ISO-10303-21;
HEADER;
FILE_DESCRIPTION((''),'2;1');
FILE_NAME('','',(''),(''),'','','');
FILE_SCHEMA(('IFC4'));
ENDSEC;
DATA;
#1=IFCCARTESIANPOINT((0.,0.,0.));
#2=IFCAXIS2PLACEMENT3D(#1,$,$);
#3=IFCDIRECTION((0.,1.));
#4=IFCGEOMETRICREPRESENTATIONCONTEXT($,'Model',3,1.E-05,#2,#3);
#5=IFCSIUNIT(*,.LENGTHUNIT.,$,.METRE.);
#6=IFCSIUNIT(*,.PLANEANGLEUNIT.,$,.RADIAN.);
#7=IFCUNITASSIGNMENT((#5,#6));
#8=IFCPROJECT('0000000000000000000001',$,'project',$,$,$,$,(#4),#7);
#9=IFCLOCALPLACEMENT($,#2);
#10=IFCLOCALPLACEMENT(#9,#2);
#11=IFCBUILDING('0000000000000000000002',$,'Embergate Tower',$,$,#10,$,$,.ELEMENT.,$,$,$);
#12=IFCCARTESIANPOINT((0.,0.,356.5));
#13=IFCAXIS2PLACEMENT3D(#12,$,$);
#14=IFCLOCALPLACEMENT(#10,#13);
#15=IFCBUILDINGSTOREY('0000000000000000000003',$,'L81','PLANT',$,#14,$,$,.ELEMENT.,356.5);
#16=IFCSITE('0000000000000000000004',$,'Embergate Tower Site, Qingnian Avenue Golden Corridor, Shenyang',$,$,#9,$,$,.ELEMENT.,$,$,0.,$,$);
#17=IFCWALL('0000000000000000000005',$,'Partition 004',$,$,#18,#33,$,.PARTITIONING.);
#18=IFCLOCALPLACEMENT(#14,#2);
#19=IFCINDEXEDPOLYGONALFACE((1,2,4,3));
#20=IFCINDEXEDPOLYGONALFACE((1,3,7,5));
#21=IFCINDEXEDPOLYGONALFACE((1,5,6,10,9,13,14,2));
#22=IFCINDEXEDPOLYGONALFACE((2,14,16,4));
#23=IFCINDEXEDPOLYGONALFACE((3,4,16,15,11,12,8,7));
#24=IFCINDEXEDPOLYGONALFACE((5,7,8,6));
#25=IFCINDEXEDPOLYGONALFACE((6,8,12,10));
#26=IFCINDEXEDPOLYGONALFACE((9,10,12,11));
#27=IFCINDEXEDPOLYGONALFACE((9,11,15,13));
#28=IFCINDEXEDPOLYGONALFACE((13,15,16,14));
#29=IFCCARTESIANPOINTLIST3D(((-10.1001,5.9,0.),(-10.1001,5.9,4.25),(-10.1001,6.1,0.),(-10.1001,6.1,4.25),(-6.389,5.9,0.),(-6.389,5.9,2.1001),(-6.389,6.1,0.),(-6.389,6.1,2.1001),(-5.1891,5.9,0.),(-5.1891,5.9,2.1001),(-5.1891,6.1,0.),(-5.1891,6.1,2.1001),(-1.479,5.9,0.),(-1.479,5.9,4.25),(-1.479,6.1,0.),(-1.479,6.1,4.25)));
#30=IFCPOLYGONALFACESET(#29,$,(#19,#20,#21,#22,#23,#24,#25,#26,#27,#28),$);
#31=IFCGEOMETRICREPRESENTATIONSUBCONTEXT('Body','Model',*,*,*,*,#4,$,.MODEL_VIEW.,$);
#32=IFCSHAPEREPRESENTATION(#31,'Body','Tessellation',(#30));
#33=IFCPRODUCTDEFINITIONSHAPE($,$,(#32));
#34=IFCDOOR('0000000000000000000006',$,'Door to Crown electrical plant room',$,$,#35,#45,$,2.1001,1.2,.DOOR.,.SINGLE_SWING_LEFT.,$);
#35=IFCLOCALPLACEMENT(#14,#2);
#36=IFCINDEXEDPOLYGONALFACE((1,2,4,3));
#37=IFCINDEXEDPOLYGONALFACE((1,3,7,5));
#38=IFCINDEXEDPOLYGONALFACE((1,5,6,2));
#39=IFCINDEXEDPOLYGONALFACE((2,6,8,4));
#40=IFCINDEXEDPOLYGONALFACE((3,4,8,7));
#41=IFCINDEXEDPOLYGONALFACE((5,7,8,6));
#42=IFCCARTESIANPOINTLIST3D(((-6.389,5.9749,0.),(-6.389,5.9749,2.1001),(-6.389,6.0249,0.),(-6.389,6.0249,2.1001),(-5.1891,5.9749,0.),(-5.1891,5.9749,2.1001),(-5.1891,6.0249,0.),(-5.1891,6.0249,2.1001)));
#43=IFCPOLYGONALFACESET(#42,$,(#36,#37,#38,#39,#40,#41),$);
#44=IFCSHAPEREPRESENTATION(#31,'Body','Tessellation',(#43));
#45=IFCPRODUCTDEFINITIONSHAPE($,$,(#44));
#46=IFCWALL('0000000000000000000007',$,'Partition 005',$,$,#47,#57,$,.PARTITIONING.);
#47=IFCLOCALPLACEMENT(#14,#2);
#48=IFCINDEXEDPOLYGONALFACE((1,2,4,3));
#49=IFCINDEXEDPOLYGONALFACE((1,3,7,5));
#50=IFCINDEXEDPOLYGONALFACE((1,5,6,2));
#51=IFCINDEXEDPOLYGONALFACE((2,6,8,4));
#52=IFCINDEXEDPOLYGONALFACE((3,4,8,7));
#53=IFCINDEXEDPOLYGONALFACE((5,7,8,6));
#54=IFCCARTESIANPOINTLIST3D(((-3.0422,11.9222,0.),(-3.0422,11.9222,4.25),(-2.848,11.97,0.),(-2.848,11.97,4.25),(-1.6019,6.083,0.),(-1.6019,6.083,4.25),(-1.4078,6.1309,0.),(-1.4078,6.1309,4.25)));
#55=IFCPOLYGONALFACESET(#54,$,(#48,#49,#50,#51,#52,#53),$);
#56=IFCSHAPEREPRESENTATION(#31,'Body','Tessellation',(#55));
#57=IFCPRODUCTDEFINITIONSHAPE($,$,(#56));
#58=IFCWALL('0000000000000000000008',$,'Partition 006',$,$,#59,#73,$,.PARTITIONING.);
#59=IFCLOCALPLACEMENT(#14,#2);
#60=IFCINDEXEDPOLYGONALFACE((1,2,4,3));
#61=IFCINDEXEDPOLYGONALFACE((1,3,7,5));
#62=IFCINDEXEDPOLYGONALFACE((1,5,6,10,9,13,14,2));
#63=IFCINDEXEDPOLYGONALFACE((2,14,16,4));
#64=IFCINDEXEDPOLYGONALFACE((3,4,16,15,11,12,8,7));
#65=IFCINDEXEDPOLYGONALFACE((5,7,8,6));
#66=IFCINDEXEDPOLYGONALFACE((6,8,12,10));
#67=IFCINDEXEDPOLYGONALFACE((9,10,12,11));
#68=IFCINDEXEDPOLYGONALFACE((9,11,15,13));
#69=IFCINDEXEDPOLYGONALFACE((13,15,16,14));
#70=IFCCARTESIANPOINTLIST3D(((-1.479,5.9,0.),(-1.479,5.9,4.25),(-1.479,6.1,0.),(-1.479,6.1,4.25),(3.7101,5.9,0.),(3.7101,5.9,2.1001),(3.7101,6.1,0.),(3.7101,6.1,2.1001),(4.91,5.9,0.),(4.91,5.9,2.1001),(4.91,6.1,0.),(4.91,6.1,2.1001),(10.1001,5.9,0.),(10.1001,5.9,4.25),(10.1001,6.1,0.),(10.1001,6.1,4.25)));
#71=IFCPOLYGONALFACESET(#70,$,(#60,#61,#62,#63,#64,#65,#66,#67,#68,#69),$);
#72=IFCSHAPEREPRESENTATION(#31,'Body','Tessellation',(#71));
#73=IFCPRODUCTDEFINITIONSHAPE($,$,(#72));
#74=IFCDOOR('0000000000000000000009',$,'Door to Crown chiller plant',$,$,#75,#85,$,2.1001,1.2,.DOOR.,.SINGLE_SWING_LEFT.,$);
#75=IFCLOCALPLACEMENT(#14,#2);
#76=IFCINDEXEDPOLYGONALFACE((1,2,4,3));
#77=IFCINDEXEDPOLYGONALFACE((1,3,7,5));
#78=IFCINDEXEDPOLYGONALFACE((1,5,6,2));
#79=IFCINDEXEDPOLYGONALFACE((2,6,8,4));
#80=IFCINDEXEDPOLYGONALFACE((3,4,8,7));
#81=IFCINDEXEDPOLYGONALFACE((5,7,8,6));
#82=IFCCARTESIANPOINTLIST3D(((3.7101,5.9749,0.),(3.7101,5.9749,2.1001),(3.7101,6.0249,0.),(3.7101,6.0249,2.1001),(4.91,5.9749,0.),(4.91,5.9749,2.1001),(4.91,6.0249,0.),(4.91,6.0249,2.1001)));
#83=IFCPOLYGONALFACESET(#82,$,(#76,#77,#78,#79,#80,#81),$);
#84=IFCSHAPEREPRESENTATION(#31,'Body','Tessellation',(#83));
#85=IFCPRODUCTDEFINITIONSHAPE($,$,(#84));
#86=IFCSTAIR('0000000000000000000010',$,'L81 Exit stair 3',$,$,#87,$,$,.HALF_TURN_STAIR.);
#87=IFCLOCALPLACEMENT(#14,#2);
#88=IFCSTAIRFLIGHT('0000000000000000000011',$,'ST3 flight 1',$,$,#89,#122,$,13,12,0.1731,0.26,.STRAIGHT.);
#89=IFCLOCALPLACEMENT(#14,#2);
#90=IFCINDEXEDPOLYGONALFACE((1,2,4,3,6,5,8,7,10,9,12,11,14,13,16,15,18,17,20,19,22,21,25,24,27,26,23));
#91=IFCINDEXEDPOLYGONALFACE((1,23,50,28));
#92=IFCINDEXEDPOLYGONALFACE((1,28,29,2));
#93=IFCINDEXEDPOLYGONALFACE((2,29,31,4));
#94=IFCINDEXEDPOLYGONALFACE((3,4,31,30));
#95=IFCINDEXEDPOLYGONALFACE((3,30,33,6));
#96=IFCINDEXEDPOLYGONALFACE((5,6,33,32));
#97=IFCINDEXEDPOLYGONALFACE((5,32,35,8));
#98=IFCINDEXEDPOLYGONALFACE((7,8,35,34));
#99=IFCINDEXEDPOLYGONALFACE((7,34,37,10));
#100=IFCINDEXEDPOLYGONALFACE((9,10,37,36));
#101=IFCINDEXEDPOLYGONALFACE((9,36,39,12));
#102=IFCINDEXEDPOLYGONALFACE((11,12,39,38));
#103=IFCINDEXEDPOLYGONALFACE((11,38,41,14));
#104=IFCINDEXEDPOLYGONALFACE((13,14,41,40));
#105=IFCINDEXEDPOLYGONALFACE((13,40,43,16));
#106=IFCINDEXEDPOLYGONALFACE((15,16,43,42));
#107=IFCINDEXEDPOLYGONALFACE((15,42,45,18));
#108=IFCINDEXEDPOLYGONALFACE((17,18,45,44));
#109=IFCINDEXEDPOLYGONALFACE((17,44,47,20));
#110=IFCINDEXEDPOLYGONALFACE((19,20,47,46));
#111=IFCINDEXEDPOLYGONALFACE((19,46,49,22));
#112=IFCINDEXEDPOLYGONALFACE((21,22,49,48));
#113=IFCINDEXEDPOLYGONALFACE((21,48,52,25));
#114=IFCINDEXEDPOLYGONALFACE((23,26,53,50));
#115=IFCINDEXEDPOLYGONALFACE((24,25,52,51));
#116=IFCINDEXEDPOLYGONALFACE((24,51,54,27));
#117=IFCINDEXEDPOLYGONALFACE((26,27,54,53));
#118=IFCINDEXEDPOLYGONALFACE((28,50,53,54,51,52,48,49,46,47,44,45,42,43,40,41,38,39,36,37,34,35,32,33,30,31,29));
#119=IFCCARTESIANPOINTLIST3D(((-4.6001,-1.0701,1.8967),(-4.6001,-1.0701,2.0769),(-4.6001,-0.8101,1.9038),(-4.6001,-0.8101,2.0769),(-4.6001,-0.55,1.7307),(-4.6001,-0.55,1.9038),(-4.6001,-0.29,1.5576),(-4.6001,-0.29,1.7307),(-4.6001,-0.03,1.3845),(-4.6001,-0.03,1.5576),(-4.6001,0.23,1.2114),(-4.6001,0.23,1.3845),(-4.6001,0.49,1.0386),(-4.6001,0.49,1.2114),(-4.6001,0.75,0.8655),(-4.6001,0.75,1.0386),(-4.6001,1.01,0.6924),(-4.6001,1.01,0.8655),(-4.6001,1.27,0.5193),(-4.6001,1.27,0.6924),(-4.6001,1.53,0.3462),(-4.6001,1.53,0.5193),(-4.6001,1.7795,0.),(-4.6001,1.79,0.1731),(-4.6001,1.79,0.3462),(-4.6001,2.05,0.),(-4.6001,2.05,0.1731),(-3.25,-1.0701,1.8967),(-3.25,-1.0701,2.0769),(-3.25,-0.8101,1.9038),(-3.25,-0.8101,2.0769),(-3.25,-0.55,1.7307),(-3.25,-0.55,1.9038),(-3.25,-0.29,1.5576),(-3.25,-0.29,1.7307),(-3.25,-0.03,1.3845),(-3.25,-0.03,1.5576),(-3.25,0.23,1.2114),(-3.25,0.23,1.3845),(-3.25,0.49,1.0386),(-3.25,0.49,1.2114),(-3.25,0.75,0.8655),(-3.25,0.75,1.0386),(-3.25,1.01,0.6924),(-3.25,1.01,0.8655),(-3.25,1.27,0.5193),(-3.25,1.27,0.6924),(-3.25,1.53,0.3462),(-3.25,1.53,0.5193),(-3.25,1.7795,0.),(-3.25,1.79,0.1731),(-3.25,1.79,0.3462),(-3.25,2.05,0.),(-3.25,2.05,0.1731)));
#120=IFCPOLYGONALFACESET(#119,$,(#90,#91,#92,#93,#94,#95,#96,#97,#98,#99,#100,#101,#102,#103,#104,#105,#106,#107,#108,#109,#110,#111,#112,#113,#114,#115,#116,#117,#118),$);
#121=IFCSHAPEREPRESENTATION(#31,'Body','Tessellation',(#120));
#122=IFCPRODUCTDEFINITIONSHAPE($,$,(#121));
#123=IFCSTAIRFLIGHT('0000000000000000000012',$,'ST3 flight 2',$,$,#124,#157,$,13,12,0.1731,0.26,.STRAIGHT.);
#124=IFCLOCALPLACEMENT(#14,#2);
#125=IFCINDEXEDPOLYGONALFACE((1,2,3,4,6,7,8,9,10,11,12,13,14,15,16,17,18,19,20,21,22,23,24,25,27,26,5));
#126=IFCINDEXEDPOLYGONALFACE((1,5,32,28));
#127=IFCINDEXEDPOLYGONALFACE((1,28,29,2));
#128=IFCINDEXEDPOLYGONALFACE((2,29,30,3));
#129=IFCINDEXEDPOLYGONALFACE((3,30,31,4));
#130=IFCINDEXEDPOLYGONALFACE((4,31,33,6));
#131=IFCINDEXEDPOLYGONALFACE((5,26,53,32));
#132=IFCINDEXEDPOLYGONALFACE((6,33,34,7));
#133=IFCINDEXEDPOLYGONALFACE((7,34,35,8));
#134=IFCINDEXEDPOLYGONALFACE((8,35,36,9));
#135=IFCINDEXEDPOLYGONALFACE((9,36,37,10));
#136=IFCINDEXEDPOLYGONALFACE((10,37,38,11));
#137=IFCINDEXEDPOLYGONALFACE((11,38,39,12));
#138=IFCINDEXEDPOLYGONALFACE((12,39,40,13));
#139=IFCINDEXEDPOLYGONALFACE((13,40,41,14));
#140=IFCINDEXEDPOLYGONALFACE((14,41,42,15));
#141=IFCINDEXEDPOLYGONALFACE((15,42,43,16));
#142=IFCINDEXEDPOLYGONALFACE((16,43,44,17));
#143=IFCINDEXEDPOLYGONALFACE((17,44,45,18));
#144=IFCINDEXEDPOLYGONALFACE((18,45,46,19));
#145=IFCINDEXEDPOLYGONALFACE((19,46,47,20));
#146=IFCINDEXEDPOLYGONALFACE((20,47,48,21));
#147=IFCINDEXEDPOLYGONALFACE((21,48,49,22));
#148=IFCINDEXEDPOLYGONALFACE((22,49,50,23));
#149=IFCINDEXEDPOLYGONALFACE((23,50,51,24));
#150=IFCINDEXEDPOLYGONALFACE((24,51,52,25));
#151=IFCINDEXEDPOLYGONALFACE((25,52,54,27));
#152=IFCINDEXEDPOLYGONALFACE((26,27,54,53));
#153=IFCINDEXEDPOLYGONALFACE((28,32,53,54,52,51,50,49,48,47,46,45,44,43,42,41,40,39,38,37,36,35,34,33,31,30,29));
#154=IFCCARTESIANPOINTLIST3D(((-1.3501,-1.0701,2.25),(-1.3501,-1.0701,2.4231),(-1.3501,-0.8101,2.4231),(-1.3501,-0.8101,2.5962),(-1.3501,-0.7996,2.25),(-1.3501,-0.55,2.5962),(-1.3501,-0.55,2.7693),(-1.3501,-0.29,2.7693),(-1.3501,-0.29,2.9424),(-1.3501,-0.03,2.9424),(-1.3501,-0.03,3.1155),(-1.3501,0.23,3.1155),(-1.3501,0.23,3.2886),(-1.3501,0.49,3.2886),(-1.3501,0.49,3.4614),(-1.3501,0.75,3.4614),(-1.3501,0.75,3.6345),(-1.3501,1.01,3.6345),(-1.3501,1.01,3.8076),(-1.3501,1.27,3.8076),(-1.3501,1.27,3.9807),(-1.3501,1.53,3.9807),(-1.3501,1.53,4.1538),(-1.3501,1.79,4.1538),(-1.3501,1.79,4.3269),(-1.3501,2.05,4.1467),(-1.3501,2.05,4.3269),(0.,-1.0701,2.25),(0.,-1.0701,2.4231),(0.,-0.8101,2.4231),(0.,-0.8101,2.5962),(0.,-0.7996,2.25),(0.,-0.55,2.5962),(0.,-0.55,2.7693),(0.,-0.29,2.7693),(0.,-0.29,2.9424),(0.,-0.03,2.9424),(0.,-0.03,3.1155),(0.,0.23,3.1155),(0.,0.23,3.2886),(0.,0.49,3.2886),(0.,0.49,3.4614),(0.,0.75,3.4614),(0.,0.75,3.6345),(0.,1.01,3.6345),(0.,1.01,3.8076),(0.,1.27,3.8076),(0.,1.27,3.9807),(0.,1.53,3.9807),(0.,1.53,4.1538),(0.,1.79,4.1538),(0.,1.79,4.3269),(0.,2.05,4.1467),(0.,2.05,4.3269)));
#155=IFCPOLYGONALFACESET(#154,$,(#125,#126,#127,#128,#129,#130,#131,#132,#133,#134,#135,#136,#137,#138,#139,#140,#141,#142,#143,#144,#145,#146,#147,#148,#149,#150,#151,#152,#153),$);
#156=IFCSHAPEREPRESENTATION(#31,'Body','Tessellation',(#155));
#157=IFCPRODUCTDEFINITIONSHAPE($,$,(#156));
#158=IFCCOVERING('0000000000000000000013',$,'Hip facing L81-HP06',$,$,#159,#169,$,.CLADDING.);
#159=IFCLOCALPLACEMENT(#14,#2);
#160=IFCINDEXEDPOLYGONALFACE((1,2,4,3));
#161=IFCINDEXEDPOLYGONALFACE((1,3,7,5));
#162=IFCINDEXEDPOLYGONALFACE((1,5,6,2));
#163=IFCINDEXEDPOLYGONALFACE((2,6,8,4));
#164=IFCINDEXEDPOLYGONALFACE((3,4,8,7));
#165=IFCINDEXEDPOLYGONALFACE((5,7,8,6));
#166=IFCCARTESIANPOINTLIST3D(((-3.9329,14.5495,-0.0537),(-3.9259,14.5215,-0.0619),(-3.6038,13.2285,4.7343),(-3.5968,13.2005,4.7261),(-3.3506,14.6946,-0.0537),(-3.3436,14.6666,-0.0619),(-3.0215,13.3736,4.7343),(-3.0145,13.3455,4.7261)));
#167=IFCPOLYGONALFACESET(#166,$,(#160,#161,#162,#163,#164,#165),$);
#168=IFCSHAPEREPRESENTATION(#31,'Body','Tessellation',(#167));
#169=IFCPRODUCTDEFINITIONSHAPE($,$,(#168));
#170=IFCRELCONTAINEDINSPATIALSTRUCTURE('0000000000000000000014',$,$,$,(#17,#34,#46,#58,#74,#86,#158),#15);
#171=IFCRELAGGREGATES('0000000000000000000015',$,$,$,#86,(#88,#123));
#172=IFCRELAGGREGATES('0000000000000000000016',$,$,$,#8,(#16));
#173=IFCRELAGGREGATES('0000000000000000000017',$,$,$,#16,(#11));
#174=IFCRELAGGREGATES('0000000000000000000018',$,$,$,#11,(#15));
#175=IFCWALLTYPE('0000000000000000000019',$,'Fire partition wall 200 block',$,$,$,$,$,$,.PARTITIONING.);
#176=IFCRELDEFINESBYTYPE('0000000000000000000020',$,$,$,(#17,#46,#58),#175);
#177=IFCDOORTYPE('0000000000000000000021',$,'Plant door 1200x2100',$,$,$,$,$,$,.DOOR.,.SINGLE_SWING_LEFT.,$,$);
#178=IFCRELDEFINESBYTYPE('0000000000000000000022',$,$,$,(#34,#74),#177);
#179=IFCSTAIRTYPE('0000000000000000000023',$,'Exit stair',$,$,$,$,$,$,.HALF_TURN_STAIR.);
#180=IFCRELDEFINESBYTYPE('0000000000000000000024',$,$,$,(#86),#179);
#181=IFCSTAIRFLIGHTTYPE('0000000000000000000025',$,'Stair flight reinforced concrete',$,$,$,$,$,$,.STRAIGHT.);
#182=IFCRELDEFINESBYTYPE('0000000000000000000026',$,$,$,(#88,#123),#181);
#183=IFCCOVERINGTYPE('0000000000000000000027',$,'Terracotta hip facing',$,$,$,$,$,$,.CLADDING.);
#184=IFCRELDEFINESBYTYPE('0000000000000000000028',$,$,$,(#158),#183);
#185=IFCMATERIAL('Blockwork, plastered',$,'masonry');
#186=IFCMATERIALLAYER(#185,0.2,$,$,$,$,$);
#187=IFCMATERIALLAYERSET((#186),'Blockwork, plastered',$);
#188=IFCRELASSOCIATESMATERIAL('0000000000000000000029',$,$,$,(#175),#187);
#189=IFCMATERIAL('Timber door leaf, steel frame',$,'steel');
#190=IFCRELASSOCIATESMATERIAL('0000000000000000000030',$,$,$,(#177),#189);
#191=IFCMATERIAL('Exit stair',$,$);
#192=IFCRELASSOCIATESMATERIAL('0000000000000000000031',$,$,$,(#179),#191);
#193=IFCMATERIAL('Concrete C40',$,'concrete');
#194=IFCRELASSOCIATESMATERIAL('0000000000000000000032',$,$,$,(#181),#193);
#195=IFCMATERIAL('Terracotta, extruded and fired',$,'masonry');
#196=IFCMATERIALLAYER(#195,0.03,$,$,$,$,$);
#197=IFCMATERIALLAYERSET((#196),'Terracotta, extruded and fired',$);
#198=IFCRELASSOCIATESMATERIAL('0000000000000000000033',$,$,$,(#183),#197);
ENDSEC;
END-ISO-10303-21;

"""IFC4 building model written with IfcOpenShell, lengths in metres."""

from ifc_helpers import new_model, si_unit, direction, frame, frame_2d, origin, place, context, subcontext, project, spatial, polyline, rectangle, outline, extrude, source, transform, mapped, material, layer, layer_set, type_object, element, fill, aggregate, save


model = new_model("IFC4")

# Units and contexts
model_context = context("Model", 3, precision=1e-05, world=origin(), true_north=direction((0.0, 1.0)))
body_context = subcontext(model_context, "Body", "Model", "MODEL_VIEW")
ifc_project = project(units=[si_unit("LENGTHUNIT", "METRE"), si_unit("PLANEANGLEUNIT", "RADIAN")], contexts=[model_context])

# Site, building, storey
site_placement = place(None, origin())
site = spatial("IfcSite", under=ifc_project, at=site_placement, Name="Embergate Tower Site, Qingnian Avenue Golden Corridor, Shenyang", CompositionType="ELEMENT", RefElevation=0.0)
building_placement = place(site_placement, origin())
building = spatial("IfcBuilding", under=site, at=building_placement, Name="Embergate Tower", CompositionType="ELEMENT")
storey_placement = place(building_placement, frame((0.0, 0.0, 356.5)))
storey = spatial("IfcBuildingStorey", under=building, at=storey_placement, Name="L81", Description="PLANT", CompositionType="ELEMENT", Elevation=356.5)

# Wall, opening, door
shared_shape_1 = source(origin(), body_context, "Body", "SweptSolid", [
    extrude(rectangle(XDim=1.2, YDim=2.1001, at=frame_2d((0.6001, 1.05))), frame((0.0, 0.1099, 0.0), z_axis=(0.0, -1.0, 0.0), x_axis=(1.0, 0.0, 0.0)), (0.0, 0.0, 1.0), 0.22),
])
ifc_material_1 = material(Name="Blockwork, plastered", Category="masonry")
ifc_layer_1 = layer(ifc_material_1, 0.2)
ifc_layer_set_1 = layer_set([ifc_layer_1], Name="Blockwork, plastered")
wall_type_1 = type_object("IfcWallType", Name="Fire partition wall 200 block", PredefinedType="PARTITIONING", material=ifc_layer_set_1)
shared_shape_2 = source(origin(), body_context, "Body", "SweptSolid", [
    extrude(rectangle(XDim=8.6211, YDim=0.2, at=frame_2d((4.3105, 0.0))), origin(), (0.0, 0.0, 1.0), 4.25),
])
wall_1_placement = place(storey_placement, frame((-10.1001, 6.0, 0.0), z_axis=(0.0, 0.0, 1.0), x_axis=(1.0, 0.0, 0.0)))
wall_1 = element("IfcWall", 1, at=wall_1_placement, inside=storey, type_object=wall_type_1, Name="Partition 004", PredefinedType="PARTITIONING", context=body_context, shape_type="MappedRepresentation", body=[
    mapped(shared_shape_2, transform((0.0, 0.0, 0.0))),
])
opening_1_placement = place(wall_1_placement, frame((3.7109, 0.0, 0.0)))
opening_1 = element("IfcOpeningElement", 2, at=opening_1_placement, cuts=wall_1, PredefinedType="OPENING", context=body_context, shape_type="MappedRepresentation", body=[
    mapped(shared_shape_1, transform((0.0, 0.0, 0.0))),
])
ifc_material_2 = material(Name="Timber door leaf, steel frame", Category="steel")
door_type_1 = type_object("IfcDoorType", Name="Plant door 1200x2100", OperationType="SINGLE_SWING_LEFT", PredefinedType="DOOR", material=ifc_material_2)
shared_shape_3 = source(origin(), body_context, "Body", "SweptSolid", [
    extrude(rectangle(XDim=1.2, YDim=2.1001, at=frame_2d((0.6001, 1.05))), frame((0.0, 0.0249, 0.0), z_axis=(0.0, -1.0, 0.0), x_axis=(1.0, 0.0, 0.0)), (0.0, 0.0, 1.0), 0.05),
])
door_1_placement = place(opening_1_placement, origin())
door_1 = element("IfcDoor", 3, at=door_1_placement, inside=storey, type_object=door_type_1, Name="Door to Crown electrical plant room", OperationType="SINGLE_SWING_LEFT", OverallHeight=2.1001, OverallWidth=1.2, PredefinedType="DOOR", context=body_context, shape_type="MappedRepresentation", body=[
    mapped(shared_shape_3, transform((0.0, 0.0, 0.0))),
])
fill(opening_1, door_1)

# Wall
shared_shape_4 = source(origin(), body_context, "Body", "SweptSolid", [
    extrude(rectangle(XDim=6.0142, YDim=0.2, at=frame_2d((3.0071, 0.0))), origin(), (0.0, 0.0, 1.0), 4.25),
])
wall_2_placement = place(storey_placement, frame((-1.5049, 6.1069, 0.0), z_axis=(0.0, 0.0, 1.0), x_axis=(-0.239468, 0.970904, 0.0)))
element("IfcWall", 4, at=wall_2_placement, inside=storey, type_object=wall_type_1, Name="Partition 005", PredefinedType="PARTITIONING", context=body_context, shape_type="MappedRepresentation", body=[
    mapped(shared_shape_4, transform((0.0, 0.0, 0.0))),
])

# Wall, opening, door
shared_shape_5 = source(origin(), body_context, "Body", "SweptSolid", [
    extrude(rectangle(XDim=11.5791, YDim=0.2, at=frame_2d((5.7896, 0.0))), origin(), (0.0, 0.0, 1.0), 4.25),
])
wall_3_placement = place(storey_placement, frame((-1.479, 6.0, 0.0), z_axis=(0.0, 0.0, 1.0), x_axis=(1.0, 0.0, 0.0)))
wall_3 = element("IfcWall", 5, at=wall_3_placement, inside=storey, type_object=wall_type_1, Name="Partition 006", PredefinedType="PARTITIONING", context=body_context, shape_type="MappedRepresentation", body=[
    mapped(shared_shape_5, transform((0.0, 0.0, 0.0))),
])
opening_2_placement = place(wall_3_placement, frame((5.189, 0.0, 0.0)))
opening_2 = element("IfcOpeningElement", 6, at=opening_2_placement, cuts=wall_3, PredefinedType="OPENING", context=body_context, shape_type="MappedRepresentation", body=[
    mapped(shared_shape_1, transform((0.0, 0.0, 0.0))),
])
door_2_placement = place(opening_2_placement, origin())
door_2 = element("IfcDoor", 7, at=door_2_placement, inside=storey, type_object=door_type_1, Name="Door to Crown chiller plant", OperationType="SINGLE_SWING_LEFT", OverallHeight=2.1001, OverallWidth=1.2, PredefinedType="DOOR", context=body_context, shape_type="MappedRepresentation", body=[
    mapped(shared_shape_3, transform((0.0, 0.0, 0.0))),
])
fill(opening_2, door_2)

# Stair, stair flights
ifc_material_3 = material(Name="Exit stair")
stair_type = type_object("IfcStairType", Name="Exit stair", PredefinedType="HALF_TURN_STAIR", material=ifc_material_3)
stair_placement = place(storey_placement, origin())
stair = element("IfcStair", 8, at=stair_placement, inside=storey, type_object=stair_type, Name="L81 Exit stair 3", PredefinedType="HALF_TURN_STAIR")
ifc_material_4 = material(Name="Concrete C40", Category="concrete")
stair_flight_type = type_object("IfcStairFlightType", Name="Stair flight reinforced concrete", PredefinedType="STRAIGHT", material=ifc_material_4)
shared_shape_6 = source(origin(), body_context, "Body", "SweptSolid", [
    extrude(outline(polyline([(0.0, 0.0), (0.0, 0.1731), (0.26, 0.1731), (0.26, 0.3462), (0.52, 0.3462), (0.52, 0.5193), (0.78, 0.5193), (0.78, 0.6924), (1.04, 0.6924), (1.04, 0.8655), (1.3, 0.8655), (1.3, 1.0386), (1.5601, 1.0386), (1.5601, 1.2114), (1.8201, 1.2114), (1.8201, 1.3845), (2.0801, 1.3845), (2.0801, 1.5576), (2.3401, 1.5576), (2.3401, 1.7307), (2.6001, 1.7307), (2.6001, 1.9038), (2.8601, 1.9038), (2.8601, 2.0769), (3.1201, 2.0769), (3.1201, 2.25), (3.1201, 1.8967), (0.2705, 0.0), (0.0, 0.0)])), frame((0.0, 0.675, 0.0), z_axis=(0.0, -1.0, 0.0), x_axis=(1.0, 0.0, 0.0)), (0.0, 0.0, 1.0), 1.3501),
])
stair_flight_1_placement = place(storey_placement, frame((-3.925, 2.05, 0.0), z_axis=(0.0, 0.0, 1.0), x_axis=(0.0, -1.0, 0.0)))
stair_flight_1 = element("IfcStairFlight", 9, at=stair_flight_1_placement, type_object=stair_flight_type, Name="ST3 flight 1", NumberOfRisers=13, NumberOfTreads=12, PredefinedType="STRAIGHT", RiserHeight=0.1731, TreadLength=0.26, context=body_context, shape_type="MappedRepresentation", body=[
    mapped(shared_shape_6, transform((0.0, 0.0, 0.0))),
])
stair_flight_2_placement = place(storey_placement, frame((-0.675, -1.0701, 2.25), z_axis=(0.0, 0.0, 1.0), x_axis=(0.0, 1.0, 0.0)))
stair_flight_2 = element("IfcStairFlight", 10, at=stair_flight_2_placement, type_object=stair_flight_type, Name="ST3 flight 2", NumberOfRisers=13, NumberOfTreads=12, PredefinedType="STRAIGHT", RiserHeight=0.1731, TreadLength=0.26, context=body_context, shape_type="MappedRepresentation", body=[
    mapped(shared_shape_6, transform((0.0, 0.0, 0.0))),
])
aggregate(stair, [stair_flight_1, stair_flight_2])

# Covering
ifc_material_5 = material(Name="Terracotta, extruded and fired", Category="masonry")
ifc_layer_2 = layer(ifc_material_5, 0.03)
ifc_layer_set_2 = layer_set([ifc_layer_2], Name="Terracotta, extruded and fired")
covering_type = type_object("IfcCoveringType", Name="Terracotta hip facing", PredefinedType="CLADDING", material=ifc_layer_set_2)
shared_shape_7 = source(origin(), body_context, "Body", "SweptSolid", [
    extrude(outline(polyline([(0.0, 0.0), (4.9778, 0.0), (4.9778, -0.6001), (0.0, -0.6001), (0.0, 0.0)])), origin(), (0.0, 0.0, -1.0), 0.03),
])
covering_1_placement = place(storey_placement, frame((-3.3506, 14.6946, -0.0537), z_axis=(-0.23246, 0.933361, 0.273494), x_axis=(0.066113, -0.265383, 0.961874)))
element("IfcCovering", 11, at=covering_1_placement, inside=storey, type_object=covering_type, Name="Hip facing L81-HP06", PredefinedType="CLADDING", context=body_context, shape_type="MappedRepresentation", body=[
    mapped(shared_shape_7, transform((0.0, 0.0, 0.0))),
])

save(model, "model.ifc")
